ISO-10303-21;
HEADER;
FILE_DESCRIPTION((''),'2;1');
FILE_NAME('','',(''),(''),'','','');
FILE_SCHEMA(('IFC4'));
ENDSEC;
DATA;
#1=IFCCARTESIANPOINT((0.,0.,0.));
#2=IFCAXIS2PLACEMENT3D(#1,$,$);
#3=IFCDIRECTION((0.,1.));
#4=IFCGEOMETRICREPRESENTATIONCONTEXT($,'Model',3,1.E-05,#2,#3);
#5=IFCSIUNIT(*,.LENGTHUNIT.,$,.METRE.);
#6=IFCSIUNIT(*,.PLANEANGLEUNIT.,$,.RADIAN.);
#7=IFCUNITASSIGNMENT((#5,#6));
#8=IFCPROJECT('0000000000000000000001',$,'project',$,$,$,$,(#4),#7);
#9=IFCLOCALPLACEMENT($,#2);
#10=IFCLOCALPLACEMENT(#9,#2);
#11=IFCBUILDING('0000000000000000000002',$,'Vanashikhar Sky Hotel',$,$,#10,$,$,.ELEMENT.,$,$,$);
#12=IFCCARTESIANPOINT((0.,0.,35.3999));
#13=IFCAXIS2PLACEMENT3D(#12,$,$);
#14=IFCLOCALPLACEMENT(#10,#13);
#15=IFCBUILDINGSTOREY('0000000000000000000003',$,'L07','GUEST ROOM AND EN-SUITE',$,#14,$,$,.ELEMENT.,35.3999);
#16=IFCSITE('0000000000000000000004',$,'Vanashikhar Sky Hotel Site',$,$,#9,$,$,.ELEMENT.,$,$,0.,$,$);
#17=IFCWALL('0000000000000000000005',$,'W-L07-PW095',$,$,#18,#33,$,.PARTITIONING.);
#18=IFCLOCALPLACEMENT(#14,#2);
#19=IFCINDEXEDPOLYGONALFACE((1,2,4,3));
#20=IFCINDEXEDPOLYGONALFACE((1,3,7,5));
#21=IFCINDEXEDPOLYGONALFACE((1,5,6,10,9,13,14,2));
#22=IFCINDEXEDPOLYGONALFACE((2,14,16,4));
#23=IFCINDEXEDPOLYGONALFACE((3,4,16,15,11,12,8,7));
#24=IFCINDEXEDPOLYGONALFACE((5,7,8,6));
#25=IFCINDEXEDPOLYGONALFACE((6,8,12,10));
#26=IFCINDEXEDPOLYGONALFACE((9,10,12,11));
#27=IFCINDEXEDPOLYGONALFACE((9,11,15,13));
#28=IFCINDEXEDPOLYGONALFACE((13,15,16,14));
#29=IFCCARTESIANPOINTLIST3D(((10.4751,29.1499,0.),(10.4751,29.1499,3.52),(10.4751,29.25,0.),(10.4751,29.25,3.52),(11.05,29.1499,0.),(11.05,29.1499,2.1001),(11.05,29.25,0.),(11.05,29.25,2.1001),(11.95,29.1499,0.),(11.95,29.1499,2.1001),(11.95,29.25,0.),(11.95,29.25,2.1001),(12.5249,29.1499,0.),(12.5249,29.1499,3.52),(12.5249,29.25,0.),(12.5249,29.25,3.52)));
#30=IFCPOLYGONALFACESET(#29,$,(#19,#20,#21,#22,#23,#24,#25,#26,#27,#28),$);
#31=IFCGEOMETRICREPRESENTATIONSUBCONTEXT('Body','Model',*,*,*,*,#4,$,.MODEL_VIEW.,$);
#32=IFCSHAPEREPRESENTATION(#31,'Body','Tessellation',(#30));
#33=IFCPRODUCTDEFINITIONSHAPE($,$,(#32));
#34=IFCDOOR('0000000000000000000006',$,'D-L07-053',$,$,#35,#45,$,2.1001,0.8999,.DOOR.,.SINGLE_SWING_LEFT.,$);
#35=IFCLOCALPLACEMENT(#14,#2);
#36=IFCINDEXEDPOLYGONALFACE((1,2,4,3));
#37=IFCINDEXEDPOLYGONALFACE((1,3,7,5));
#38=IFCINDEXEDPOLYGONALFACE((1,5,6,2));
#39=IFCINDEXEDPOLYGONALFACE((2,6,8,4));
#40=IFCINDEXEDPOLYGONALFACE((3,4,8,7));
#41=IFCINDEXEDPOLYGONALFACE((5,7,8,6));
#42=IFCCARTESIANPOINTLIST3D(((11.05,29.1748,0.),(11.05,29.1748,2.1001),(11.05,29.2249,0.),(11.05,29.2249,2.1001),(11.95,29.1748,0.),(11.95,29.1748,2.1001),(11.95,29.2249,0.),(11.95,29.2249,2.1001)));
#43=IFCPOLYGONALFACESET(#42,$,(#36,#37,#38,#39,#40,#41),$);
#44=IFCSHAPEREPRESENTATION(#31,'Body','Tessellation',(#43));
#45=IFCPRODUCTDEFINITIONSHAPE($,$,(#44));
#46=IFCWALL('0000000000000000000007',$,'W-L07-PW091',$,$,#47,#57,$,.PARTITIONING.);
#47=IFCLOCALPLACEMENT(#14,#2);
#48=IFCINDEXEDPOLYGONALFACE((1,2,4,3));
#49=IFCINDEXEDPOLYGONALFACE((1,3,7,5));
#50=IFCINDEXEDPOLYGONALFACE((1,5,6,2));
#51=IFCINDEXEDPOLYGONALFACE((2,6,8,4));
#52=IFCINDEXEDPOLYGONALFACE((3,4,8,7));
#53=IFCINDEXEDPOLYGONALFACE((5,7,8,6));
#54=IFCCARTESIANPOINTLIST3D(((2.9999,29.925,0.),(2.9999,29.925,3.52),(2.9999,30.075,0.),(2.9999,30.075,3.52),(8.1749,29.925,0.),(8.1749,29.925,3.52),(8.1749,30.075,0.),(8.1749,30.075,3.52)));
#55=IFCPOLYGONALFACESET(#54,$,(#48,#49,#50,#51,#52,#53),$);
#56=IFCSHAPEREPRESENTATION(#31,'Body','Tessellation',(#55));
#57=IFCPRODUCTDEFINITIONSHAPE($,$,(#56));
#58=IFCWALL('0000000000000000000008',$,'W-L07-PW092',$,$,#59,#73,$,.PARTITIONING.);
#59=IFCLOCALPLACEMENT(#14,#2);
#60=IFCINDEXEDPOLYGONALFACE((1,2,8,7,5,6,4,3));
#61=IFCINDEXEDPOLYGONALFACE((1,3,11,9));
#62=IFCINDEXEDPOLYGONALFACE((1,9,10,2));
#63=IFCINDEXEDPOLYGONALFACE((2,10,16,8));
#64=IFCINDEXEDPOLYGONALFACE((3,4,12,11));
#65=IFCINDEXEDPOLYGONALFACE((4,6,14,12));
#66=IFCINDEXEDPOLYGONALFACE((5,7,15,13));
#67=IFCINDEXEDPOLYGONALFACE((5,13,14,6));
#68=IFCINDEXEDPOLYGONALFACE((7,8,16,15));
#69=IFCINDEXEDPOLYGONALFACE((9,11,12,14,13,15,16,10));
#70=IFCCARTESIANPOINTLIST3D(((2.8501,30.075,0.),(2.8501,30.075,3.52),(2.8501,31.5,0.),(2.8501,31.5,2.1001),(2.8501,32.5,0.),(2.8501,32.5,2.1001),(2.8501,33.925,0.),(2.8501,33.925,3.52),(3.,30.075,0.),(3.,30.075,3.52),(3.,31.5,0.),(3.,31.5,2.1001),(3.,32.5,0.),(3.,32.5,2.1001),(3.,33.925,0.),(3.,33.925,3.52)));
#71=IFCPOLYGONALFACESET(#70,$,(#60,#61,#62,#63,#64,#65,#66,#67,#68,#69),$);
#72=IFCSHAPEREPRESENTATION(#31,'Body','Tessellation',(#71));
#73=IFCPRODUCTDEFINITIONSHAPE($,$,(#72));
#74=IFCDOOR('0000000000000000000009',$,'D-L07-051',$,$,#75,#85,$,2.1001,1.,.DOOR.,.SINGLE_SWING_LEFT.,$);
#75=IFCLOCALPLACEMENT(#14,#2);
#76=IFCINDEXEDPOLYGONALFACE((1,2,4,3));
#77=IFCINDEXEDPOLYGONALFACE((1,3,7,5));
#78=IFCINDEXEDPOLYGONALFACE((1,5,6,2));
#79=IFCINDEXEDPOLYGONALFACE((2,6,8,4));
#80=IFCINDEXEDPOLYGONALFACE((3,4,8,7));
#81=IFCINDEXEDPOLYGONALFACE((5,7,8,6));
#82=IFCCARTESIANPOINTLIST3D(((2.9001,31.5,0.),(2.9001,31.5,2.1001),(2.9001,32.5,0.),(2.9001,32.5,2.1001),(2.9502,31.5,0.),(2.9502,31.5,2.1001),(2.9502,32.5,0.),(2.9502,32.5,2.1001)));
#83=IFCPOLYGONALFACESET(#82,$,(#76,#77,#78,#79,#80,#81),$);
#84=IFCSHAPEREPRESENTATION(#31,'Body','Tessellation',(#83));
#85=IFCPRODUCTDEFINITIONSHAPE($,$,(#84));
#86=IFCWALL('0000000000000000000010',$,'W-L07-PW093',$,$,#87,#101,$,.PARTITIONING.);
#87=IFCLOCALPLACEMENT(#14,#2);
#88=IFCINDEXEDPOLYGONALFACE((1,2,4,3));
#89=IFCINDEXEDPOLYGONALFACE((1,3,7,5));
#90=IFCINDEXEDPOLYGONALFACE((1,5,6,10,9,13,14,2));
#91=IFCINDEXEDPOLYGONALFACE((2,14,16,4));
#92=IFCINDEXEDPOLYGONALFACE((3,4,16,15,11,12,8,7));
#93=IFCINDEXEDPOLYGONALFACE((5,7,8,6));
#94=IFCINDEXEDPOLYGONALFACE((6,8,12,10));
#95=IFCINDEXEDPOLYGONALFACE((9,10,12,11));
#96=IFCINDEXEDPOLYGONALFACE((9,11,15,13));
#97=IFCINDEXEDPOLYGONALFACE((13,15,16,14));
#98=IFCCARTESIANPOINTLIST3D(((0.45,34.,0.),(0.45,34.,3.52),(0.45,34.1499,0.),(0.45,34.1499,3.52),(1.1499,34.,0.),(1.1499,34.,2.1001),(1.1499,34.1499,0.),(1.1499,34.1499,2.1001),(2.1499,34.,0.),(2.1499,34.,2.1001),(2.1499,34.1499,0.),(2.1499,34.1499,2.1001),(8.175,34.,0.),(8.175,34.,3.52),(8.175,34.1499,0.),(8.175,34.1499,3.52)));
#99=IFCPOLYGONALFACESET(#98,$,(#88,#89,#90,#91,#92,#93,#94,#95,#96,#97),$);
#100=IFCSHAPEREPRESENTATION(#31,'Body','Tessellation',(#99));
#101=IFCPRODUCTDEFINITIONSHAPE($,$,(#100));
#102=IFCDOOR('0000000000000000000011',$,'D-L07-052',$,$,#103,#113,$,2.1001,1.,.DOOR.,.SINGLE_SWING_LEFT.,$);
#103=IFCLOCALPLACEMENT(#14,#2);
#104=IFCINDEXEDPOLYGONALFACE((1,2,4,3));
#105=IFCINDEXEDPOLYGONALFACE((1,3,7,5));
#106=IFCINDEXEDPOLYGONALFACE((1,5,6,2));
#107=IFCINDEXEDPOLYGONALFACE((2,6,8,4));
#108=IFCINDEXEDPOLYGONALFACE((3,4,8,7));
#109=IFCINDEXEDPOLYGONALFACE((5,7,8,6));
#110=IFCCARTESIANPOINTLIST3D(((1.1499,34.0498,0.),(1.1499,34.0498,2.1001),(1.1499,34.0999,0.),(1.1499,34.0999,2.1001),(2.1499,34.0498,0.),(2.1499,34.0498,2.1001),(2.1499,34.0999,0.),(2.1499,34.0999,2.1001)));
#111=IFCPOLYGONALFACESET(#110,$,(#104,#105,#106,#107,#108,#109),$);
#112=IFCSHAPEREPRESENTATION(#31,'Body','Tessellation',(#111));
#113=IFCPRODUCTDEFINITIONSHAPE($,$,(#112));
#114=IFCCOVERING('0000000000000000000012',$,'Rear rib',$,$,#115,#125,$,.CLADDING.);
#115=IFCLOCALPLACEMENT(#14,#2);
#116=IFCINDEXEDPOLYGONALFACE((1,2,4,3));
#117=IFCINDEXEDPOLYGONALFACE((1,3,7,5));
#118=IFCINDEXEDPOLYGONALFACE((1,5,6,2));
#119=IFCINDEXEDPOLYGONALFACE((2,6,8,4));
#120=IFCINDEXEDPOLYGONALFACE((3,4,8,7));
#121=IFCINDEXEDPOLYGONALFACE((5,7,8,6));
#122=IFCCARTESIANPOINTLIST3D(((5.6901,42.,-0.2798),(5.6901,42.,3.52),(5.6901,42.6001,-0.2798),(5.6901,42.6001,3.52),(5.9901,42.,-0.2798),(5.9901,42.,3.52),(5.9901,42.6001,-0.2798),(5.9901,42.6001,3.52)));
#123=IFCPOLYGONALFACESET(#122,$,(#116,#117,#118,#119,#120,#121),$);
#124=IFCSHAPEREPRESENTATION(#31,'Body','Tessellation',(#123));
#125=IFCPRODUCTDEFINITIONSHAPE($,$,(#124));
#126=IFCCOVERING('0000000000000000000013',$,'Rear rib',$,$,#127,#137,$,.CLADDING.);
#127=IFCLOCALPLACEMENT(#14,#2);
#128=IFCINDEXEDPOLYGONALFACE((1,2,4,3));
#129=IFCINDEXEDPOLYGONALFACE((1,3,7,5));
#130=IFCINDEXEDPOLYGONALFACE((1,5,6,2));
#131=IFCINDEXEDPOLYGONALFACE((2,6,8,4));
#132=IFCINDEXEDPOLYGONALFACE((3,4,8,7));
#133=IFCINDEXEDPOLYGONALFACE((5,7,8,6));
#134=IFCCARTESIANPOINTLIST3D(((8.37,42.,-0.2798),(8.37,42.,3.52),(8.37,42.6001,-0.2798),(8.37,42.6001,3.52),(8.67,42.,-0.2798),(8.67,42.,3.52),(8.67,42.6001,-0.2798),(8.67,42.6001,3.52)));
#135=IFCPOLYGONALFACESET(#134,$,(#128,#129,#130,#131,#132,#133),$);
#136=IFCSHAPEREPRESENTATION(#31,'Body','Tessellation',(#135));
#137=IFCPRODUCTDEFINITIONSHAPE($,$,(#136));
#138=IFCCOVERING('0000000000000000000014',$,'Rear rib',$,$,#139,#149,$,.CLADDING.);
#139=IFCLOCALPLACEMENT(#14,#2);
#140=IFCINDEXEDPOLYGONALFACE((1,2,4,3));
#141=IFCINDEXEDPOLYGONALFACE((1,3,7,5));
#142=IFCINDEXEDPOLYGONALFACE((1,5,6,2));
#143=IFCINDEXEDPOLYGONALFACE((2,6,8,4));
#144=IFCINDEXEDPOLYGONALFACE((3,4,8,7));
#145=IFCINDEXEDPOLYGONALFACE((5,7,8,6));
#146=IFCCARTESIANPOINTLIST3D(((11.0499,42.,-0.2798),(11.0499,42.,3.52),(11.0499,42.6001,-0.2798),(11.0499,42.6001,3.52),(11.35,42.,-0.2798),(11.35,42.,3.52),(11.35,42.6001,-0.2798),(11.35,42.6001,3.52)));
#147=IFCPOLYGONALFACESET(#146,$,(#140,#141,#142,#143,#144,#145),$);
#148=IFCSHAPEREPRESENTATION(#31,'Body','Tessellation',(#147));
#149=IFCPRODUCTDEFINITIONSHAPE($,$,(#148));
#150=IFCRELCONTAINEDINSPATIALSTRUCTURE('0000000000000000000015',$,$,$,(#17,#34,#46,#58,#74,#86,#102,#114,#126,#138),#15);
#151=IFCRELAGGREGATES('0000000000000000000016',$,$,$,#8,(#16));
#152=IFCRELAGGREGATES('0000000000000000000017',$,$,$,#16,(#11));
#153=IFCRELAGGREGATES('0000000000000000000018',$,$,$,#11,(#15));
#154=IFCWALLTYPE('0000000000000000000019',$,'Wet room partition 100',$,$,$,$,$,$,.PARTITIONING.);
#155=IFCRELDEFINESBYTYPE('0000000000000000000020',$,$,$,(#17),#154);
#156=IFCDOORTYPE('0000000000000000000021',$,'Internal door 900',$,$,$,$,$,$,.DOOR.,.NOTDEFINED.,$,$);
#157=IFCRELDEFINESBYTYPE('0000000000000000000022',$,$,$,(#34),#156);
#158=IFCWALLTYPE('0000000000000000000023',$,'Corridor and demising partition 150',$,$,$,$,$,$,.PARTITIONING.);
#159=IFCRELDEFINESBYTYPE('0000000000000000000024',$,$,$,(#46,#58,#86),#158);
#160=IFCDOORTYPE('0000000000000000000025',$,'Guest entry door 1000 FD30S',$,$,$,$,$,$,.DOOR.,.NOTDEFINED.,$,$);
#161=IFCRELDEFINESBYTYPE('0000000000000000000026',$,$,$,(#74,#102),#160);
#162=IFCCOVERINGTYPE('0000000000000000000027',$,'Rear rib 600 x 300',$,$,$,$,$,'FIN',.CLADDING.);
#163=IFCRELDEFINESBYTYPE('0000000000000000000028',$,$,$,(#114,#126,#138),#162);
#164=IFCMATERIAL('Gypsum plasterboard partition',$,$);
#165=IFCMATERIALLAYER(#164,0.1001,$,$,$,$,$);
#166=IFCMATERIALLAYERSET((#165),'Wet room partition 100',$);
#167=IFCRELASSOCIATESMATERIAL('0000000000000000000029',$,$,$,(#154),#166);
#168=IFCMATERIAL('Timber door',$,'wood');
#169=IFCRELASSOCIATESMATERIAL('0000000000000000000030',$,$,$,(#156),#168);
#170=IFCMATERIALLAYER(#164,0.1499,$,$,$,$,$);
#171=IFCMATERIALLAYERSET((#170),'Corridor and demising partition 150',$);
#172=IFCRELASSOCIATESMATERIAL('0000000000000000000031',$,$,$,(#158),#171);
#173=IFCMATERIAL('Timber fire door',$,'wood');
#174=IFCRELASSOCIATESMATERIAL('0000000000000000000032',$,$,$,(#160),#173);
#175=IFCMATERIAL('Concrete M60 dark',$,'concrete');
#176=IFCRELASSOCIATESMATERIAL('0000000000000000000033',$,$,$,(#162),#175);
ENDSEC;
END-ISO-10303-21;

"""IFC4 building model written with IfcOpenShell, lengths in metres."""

from ifc_helpers import new_model, si_unit, direction, frame, frame_2d, origin, origin_2d, place, context, subcontext, project, spatial, rectangle, extrude, source, transform, mapped, material, layer, layer_set, material_profile, profile_set, type_object, element, fill, save


model = new_model("IFC4")

# Units and contexts
model_context = context("Model", 3, precision=1e-05, world=origin(), true_north=direction((0.0, 1.0)))
body_context = subcontext(model_context, "Body", "Model", "MODEL_VIEW")
ifc_project = project(units=[si_unit("LENGTHUNIT", "METRE"), si_unit("PLANEANGLEUNIT", "RADIAN")], contexts=[model_context])

# Site, building, storey
site_placement = place(None, origin())
site = spatial("IfcSite", under=ifc_project, at=site_placement, Name="Vanashikhar Sky Hotel Site", CompositionType="ELEMENT", RefElevation=0.0)
building_placement = place(site_placement, origin())
building = spatial("IfcBuilding", under=site, at=building_placement, Name="Vanashikhar Sky Hotel", CompositionType="ELEMENT")
storey_placement = place(building_placement, frame((0.0, 0.0, 35.3999)))
storey = spatial("IfcBuildingStorey", under=building, at=storey_placement, Name="L07", Description="GUEST ROOM AND EN-SUITE", CompositionType="ELEMENT", Elevation=35.3999)

# Wall, opening, door
ifc_material_1 = material(Name="Gypsum plasterboard partition")
ifc_layer_1 = layer(ifc_material_1, 0.1001)
ifc_layer_set_1 = layer_set([ifc_layer_1], Name="Wet room partition 100")
wall_type_1 = type_object("IfcWallType", Name="Wet room partition 100", PredefinedType="PARTITIONING", material=ifc_layer_set_1)
shared_shape_1 = source(origin(), body_context, "Body", "SweptSolid", [
    extrude(rectangle(XDim=2.0498, YDim=0.1001, at=frame_2d((1.0249, 0.0))), origin(), (0.0, 0.0, 1.0), 3.52),
])
wall_1_placement = place(storey_placement, frame((10.4751, 29.2, 0.0), z_axis=(0.0, 0.0, 1.0), x_axis=(1.0, 0.0, 0.0)))
wall_1 = element("IfcWall", 1, at=wall_1_placement, inside=storey, type_object=wall_type_1, Name="W-L07-PW095", PredefinedType="PARTITIONING", context=body_context, shape_type="MappedRepresentation", body=[
    mapped(shared_shape_1, transform((0.0, 0.0, 0.0), scale=1.0)),
])
shared_shape_2 = source(origin(), body_context, "Body", "SweptSolid", [
    extrude(rectangle(XDim=0.8999, YDim=2.1001, at=frame_2d((0.45, 1.05))), frame((0.0, 0.0601, 0.0), z_axis=(0.0, -1.0, 0.0), x_axis=(1.0, 0.0, 0.0)), (0.0, 0.0, 1.0), 0.1201),
])
opening_1_placement = place(wall_1_placement, frame((0.575, 0.0, 0.0)))
opening_1 = element("IfcOpeningElement", 2, at=opening_1_placement, cuts=wall_1, PredefinedType="OPENING", context=body_context, shape_type="MappedRepresentation", body=[
    mapped(shared_shape_2, transform((0.0, 0.0, 0.0), scale=1.0)),
])
ifc_material_2 = material(Name="Timber door", Category="wood")
door_type_1 = type_object("IfcDoorType", Name="Internal door 900", OperationType="NOTDEFINED", PredefinedType="DOOR", material=ifc_material_2)
shared_shape_3 = source(origin(), body_context, "Body", "SweptSolid", [
    extrude(rectangle(XDim=0.8999, YDim=2.1001, at=frame_2d((0.45, 1.05))), frame((0.0, 0.0249, 0.0), z_axis=(0.0, -1.0, 0.0), x_axis=(1.0, 0.0, 0.0)), (0.0, 0.0, 1.0), 0.05),
])
door_1_placement = place(opening_1_placement, origin())
door_1 = element("IfcDoor", 3, at=door_1_placement, inside=storey, type_object=door_type_1, Name="D-L07-053", OperationType="SINGLE_SWING_LEFT", OverallHeight=2.1001, OverallWidth=0.8999, PredefinedType="DOOR", context=body_context, shape_type="MappedRepresentation", body=[
    mapped(shared_shape_3, transform((0.0, 0.0, 0.0), scale=1.0)),
])
fill(opening_1, door_1)

# Wall
ifc_layer_2 = layer(ifc_material_1, 0.1499)
ifc_layer_set_2 = layer_set([ifc_layer_2], Name="Corridor and demising partition 150")
wall_type_2 = type_object("IfcWallType", Name="Corridor and demising partition 150", PredefinedType="PARTITIONING", material=ifc_layer_set_2)
shared_shape_4 = source(origin(), body_context, "Body", "SweptSolid", [
    extrude(rectangle(XDim=5.175, YDim=0.1499, at=frame_2d((2.5874, 0.0))), origin(), (0.0, 0.0, 1.0), 3.52),
])
wall_2_placement = place(storey_placement, frame((3.0, 30.0, 0.0), z_axis=(0.0, 0.0, 1.0), x_axis=(1.0, 0.0, 0.0)))
element("IfcWall", 4, at=wall_2_placement, inside=storey, type_object=wall_type_2, Name="W-L07-PW091", PredefinedType="PARTITIONING", context=body_context, shape_type="MappedRepresentation", body=[
    mapped(shared_shape_4, transform((0.0, 0.0, 0.0), scale=1.0)),
])

# Walls, openings, doors
shared_shape_5 = source(origin(), body_context, "Body", "SweptSolid", [
    extrude(rectangle(XDim=3.8501, YDim=0.1499, at=frame_2d((1.925, 0.0))), origin(), (0.0, 0.0, 1.0), 3.52),
])
wall_3_placement = place(storey_placement, frame((2.925, 30.075, 0.0), z_axis=(0.0, 0.0, 1.0), x_axis=(0.0, 1.0, 0.0)))
wall_3 = element("IfcWall", 5, at=wall_3_placement, inside=storey, type_object=wall_type_2, Name="W-L07-PW092", PredefinedType="PARTITIONING", context=body_context, shape_type="MappedRepresentation", body=[
    mapped(shared_shape_5, transform((0.0, 0.0, 0.0), scale=1.0)),
])
shared_shape_6 = source(origin(), body_context, "Body", "SweptSolid", [
    extrude(rectangle(XDim=1.0, YDim=2.1001, at=frame_2d((0.5, 1.05))), frame((0.0, 0.085, 0.0), z_axis=(0.0, -1.0, 0.0), x_axis=(1.0, 0.0, 0.0)), (0.0, 0.0, 1.0), 0.1699),
])
opening_2_placement = place(wall_3_placement, frame((1.425, 0.0, 0.0)))
opening_2 = element("IfcOpeningElement", 6, at=opening_2_placement, cuts=wall_3, PredefinedType="OPENING", context=body_context, shape_type="MappedRepresentation", body=[
    mapped(shared_shape_6, transform((0.0, 0.0, 0.0), scale=1.0)),
])
ifc_material_3 = material(Name="Timber fire door", Category="wood")
door_type_2 = type_object("IfcDoorType", Name="Guest entry door 1000 FD30S", OperationType="NOTDEFINED", PredefinedType="DOOR", material=ifc_material_3)
shared_shape_7 = source(origin(), body_context, "Body", "SweptSolid", [
    extrude(rectangle(XDim=1.0, YDim=2.1001, at=frame_2d((0.5, 1.05))), frame((0.0, 0.0249, 0.0), z_axis=(0.0, -1.0, 0.0), x_axis=(1.0, 0.0, 0.0)), (0.0, 0.0, 1.0), 0.05),
])
door_2_placement = place(opening_2_placement, origin())
door_2 = element("IfcDoor", 7, at=door_2_placement, inside=storey, type_object=door_type_2, Name="D-L07-051", OperationType="SINGLE_SWING_LEFT", OverallHeight=2.1001, OverallWidth=1.0, PredefinedType="DOOR", context=body_context, shape_type="MappedRepresentation", body=[
    mapped(shared_shape_7, transform((0.0, 0.0, 0.0), scale=1.0)),
])
fill(opening_2, door_2)
shared_shape_8 = source(origin(), body_context, "Body", "SweptSolid", [
    extrude(rectangle(XDim=7.7251, YDim=0.1499, at=frame_2d((3.8625, 0.0))), origin(), (0.0, 0.0, 1.0), 3.52),
])
wall_4_placement = place(storey_placement, frame((0.45, 34.075, 0.0), z_axis=(0.0, 0.0, 1.0), x_axis=(1.0, 0.0, 0.0)))
wall_4 = element("IfcWall", 8, at=wall_4_placement, inside=storey, type_object=wall_type_2, Name="W-L07-PW093", PredefinedType="PARTITIONING", context=body_context, shape_type="MappedRepresentation", body=[
    mapped(shared_shape_8, transform((0.0, 0.0, 0.0), scale=1.0)),
])
opening_3_placement = place(wall_4_placement, frame((0.7, 0.0, 0.0)))
opening_3 = element("IfcOpeningElement", 9, at=opening_3_placement, cuts=wall_4, PredefinedType="OPENING", context=body_context, shape_type="MappedRepresentation", body=[
    mapped(shared_shape_6, transform((0.0, 0.0, 0.0), scale=1.0)),
])
door_3_placement = place(opening_3_placement, origin())
door_3 = element("IfcDoor", 10, at=door_3_placement, inside=storey, type_object=door_type_2, Name="D-L07-052", OperationType="SINGLE_SWING_LEFT", OverallHeight=2.1001, OverallWidth=1.0, PredefinedType="DOOR", context=body_context, shape_type="MappedRepresentation", body=[
    mapped(shared_shape_7, transform((0.0, 0.0, 0.0), scale=1.0)),
])
fill(opening_3, door_3)

# Coverings
ifc_material_4 = material(Name="Concrete M60 dark", Category="concrete")
ifc_material_profile_1 = material_profile(ifc_material_4, rectangle(XDim=0.6001, YDim=0.3, at=origin_2d()))
ifc_profile_set_1 = profile_set([ifc_material_profile_1], Name="Rear rib 600 x 300")
covering_type = type_object("IfcCoveringType", Name="Rear rib 600 x 300", ElementType="FIN", PredefinedType="CLADDING", material=ifc_profile_set_1)
shared_shape_9 = source(origin(), body_context, "Body", "SweptSolid", [
    extrude(rectangle(XDim=0.6001, YDim=0.3, at=origin_2d()), origin(), (0.0, 0.0, 1.0), 3.7998),
])
for number, where, z_axis, x_axis, name in (
    (11, (5.8401, 42.3, -0.2798), (0.0, 0.0, 1.0), (0.0, 1.0, 0.0), "Rear rib"),
    (12, (8.52, 42.3, -0.2798), (0.0, 0.0, 1.0), (0.0, 1.0, 0.0), "Rear rib"),
    (13, (11.2, 42.3, -0.2798), (0.0, 0.0, 1.0), (0.0, 1.0, 0.0), "Rear rib"),
):
    element("IfcCovering", number, at=place(storey_placement, frame(where, z_axis=z_axis, x_axis=x_axis)), inside=storey, type_object=covering_type, Name=name, PredefinedType="CLADDING", context=body_context, shape_type="MappedRepresentation", body=[
        mapped(shared_shape_9, transform((0.0, 0.0, 0.0), scale=1.0)),
    ])

save(model, "model.ifc")
